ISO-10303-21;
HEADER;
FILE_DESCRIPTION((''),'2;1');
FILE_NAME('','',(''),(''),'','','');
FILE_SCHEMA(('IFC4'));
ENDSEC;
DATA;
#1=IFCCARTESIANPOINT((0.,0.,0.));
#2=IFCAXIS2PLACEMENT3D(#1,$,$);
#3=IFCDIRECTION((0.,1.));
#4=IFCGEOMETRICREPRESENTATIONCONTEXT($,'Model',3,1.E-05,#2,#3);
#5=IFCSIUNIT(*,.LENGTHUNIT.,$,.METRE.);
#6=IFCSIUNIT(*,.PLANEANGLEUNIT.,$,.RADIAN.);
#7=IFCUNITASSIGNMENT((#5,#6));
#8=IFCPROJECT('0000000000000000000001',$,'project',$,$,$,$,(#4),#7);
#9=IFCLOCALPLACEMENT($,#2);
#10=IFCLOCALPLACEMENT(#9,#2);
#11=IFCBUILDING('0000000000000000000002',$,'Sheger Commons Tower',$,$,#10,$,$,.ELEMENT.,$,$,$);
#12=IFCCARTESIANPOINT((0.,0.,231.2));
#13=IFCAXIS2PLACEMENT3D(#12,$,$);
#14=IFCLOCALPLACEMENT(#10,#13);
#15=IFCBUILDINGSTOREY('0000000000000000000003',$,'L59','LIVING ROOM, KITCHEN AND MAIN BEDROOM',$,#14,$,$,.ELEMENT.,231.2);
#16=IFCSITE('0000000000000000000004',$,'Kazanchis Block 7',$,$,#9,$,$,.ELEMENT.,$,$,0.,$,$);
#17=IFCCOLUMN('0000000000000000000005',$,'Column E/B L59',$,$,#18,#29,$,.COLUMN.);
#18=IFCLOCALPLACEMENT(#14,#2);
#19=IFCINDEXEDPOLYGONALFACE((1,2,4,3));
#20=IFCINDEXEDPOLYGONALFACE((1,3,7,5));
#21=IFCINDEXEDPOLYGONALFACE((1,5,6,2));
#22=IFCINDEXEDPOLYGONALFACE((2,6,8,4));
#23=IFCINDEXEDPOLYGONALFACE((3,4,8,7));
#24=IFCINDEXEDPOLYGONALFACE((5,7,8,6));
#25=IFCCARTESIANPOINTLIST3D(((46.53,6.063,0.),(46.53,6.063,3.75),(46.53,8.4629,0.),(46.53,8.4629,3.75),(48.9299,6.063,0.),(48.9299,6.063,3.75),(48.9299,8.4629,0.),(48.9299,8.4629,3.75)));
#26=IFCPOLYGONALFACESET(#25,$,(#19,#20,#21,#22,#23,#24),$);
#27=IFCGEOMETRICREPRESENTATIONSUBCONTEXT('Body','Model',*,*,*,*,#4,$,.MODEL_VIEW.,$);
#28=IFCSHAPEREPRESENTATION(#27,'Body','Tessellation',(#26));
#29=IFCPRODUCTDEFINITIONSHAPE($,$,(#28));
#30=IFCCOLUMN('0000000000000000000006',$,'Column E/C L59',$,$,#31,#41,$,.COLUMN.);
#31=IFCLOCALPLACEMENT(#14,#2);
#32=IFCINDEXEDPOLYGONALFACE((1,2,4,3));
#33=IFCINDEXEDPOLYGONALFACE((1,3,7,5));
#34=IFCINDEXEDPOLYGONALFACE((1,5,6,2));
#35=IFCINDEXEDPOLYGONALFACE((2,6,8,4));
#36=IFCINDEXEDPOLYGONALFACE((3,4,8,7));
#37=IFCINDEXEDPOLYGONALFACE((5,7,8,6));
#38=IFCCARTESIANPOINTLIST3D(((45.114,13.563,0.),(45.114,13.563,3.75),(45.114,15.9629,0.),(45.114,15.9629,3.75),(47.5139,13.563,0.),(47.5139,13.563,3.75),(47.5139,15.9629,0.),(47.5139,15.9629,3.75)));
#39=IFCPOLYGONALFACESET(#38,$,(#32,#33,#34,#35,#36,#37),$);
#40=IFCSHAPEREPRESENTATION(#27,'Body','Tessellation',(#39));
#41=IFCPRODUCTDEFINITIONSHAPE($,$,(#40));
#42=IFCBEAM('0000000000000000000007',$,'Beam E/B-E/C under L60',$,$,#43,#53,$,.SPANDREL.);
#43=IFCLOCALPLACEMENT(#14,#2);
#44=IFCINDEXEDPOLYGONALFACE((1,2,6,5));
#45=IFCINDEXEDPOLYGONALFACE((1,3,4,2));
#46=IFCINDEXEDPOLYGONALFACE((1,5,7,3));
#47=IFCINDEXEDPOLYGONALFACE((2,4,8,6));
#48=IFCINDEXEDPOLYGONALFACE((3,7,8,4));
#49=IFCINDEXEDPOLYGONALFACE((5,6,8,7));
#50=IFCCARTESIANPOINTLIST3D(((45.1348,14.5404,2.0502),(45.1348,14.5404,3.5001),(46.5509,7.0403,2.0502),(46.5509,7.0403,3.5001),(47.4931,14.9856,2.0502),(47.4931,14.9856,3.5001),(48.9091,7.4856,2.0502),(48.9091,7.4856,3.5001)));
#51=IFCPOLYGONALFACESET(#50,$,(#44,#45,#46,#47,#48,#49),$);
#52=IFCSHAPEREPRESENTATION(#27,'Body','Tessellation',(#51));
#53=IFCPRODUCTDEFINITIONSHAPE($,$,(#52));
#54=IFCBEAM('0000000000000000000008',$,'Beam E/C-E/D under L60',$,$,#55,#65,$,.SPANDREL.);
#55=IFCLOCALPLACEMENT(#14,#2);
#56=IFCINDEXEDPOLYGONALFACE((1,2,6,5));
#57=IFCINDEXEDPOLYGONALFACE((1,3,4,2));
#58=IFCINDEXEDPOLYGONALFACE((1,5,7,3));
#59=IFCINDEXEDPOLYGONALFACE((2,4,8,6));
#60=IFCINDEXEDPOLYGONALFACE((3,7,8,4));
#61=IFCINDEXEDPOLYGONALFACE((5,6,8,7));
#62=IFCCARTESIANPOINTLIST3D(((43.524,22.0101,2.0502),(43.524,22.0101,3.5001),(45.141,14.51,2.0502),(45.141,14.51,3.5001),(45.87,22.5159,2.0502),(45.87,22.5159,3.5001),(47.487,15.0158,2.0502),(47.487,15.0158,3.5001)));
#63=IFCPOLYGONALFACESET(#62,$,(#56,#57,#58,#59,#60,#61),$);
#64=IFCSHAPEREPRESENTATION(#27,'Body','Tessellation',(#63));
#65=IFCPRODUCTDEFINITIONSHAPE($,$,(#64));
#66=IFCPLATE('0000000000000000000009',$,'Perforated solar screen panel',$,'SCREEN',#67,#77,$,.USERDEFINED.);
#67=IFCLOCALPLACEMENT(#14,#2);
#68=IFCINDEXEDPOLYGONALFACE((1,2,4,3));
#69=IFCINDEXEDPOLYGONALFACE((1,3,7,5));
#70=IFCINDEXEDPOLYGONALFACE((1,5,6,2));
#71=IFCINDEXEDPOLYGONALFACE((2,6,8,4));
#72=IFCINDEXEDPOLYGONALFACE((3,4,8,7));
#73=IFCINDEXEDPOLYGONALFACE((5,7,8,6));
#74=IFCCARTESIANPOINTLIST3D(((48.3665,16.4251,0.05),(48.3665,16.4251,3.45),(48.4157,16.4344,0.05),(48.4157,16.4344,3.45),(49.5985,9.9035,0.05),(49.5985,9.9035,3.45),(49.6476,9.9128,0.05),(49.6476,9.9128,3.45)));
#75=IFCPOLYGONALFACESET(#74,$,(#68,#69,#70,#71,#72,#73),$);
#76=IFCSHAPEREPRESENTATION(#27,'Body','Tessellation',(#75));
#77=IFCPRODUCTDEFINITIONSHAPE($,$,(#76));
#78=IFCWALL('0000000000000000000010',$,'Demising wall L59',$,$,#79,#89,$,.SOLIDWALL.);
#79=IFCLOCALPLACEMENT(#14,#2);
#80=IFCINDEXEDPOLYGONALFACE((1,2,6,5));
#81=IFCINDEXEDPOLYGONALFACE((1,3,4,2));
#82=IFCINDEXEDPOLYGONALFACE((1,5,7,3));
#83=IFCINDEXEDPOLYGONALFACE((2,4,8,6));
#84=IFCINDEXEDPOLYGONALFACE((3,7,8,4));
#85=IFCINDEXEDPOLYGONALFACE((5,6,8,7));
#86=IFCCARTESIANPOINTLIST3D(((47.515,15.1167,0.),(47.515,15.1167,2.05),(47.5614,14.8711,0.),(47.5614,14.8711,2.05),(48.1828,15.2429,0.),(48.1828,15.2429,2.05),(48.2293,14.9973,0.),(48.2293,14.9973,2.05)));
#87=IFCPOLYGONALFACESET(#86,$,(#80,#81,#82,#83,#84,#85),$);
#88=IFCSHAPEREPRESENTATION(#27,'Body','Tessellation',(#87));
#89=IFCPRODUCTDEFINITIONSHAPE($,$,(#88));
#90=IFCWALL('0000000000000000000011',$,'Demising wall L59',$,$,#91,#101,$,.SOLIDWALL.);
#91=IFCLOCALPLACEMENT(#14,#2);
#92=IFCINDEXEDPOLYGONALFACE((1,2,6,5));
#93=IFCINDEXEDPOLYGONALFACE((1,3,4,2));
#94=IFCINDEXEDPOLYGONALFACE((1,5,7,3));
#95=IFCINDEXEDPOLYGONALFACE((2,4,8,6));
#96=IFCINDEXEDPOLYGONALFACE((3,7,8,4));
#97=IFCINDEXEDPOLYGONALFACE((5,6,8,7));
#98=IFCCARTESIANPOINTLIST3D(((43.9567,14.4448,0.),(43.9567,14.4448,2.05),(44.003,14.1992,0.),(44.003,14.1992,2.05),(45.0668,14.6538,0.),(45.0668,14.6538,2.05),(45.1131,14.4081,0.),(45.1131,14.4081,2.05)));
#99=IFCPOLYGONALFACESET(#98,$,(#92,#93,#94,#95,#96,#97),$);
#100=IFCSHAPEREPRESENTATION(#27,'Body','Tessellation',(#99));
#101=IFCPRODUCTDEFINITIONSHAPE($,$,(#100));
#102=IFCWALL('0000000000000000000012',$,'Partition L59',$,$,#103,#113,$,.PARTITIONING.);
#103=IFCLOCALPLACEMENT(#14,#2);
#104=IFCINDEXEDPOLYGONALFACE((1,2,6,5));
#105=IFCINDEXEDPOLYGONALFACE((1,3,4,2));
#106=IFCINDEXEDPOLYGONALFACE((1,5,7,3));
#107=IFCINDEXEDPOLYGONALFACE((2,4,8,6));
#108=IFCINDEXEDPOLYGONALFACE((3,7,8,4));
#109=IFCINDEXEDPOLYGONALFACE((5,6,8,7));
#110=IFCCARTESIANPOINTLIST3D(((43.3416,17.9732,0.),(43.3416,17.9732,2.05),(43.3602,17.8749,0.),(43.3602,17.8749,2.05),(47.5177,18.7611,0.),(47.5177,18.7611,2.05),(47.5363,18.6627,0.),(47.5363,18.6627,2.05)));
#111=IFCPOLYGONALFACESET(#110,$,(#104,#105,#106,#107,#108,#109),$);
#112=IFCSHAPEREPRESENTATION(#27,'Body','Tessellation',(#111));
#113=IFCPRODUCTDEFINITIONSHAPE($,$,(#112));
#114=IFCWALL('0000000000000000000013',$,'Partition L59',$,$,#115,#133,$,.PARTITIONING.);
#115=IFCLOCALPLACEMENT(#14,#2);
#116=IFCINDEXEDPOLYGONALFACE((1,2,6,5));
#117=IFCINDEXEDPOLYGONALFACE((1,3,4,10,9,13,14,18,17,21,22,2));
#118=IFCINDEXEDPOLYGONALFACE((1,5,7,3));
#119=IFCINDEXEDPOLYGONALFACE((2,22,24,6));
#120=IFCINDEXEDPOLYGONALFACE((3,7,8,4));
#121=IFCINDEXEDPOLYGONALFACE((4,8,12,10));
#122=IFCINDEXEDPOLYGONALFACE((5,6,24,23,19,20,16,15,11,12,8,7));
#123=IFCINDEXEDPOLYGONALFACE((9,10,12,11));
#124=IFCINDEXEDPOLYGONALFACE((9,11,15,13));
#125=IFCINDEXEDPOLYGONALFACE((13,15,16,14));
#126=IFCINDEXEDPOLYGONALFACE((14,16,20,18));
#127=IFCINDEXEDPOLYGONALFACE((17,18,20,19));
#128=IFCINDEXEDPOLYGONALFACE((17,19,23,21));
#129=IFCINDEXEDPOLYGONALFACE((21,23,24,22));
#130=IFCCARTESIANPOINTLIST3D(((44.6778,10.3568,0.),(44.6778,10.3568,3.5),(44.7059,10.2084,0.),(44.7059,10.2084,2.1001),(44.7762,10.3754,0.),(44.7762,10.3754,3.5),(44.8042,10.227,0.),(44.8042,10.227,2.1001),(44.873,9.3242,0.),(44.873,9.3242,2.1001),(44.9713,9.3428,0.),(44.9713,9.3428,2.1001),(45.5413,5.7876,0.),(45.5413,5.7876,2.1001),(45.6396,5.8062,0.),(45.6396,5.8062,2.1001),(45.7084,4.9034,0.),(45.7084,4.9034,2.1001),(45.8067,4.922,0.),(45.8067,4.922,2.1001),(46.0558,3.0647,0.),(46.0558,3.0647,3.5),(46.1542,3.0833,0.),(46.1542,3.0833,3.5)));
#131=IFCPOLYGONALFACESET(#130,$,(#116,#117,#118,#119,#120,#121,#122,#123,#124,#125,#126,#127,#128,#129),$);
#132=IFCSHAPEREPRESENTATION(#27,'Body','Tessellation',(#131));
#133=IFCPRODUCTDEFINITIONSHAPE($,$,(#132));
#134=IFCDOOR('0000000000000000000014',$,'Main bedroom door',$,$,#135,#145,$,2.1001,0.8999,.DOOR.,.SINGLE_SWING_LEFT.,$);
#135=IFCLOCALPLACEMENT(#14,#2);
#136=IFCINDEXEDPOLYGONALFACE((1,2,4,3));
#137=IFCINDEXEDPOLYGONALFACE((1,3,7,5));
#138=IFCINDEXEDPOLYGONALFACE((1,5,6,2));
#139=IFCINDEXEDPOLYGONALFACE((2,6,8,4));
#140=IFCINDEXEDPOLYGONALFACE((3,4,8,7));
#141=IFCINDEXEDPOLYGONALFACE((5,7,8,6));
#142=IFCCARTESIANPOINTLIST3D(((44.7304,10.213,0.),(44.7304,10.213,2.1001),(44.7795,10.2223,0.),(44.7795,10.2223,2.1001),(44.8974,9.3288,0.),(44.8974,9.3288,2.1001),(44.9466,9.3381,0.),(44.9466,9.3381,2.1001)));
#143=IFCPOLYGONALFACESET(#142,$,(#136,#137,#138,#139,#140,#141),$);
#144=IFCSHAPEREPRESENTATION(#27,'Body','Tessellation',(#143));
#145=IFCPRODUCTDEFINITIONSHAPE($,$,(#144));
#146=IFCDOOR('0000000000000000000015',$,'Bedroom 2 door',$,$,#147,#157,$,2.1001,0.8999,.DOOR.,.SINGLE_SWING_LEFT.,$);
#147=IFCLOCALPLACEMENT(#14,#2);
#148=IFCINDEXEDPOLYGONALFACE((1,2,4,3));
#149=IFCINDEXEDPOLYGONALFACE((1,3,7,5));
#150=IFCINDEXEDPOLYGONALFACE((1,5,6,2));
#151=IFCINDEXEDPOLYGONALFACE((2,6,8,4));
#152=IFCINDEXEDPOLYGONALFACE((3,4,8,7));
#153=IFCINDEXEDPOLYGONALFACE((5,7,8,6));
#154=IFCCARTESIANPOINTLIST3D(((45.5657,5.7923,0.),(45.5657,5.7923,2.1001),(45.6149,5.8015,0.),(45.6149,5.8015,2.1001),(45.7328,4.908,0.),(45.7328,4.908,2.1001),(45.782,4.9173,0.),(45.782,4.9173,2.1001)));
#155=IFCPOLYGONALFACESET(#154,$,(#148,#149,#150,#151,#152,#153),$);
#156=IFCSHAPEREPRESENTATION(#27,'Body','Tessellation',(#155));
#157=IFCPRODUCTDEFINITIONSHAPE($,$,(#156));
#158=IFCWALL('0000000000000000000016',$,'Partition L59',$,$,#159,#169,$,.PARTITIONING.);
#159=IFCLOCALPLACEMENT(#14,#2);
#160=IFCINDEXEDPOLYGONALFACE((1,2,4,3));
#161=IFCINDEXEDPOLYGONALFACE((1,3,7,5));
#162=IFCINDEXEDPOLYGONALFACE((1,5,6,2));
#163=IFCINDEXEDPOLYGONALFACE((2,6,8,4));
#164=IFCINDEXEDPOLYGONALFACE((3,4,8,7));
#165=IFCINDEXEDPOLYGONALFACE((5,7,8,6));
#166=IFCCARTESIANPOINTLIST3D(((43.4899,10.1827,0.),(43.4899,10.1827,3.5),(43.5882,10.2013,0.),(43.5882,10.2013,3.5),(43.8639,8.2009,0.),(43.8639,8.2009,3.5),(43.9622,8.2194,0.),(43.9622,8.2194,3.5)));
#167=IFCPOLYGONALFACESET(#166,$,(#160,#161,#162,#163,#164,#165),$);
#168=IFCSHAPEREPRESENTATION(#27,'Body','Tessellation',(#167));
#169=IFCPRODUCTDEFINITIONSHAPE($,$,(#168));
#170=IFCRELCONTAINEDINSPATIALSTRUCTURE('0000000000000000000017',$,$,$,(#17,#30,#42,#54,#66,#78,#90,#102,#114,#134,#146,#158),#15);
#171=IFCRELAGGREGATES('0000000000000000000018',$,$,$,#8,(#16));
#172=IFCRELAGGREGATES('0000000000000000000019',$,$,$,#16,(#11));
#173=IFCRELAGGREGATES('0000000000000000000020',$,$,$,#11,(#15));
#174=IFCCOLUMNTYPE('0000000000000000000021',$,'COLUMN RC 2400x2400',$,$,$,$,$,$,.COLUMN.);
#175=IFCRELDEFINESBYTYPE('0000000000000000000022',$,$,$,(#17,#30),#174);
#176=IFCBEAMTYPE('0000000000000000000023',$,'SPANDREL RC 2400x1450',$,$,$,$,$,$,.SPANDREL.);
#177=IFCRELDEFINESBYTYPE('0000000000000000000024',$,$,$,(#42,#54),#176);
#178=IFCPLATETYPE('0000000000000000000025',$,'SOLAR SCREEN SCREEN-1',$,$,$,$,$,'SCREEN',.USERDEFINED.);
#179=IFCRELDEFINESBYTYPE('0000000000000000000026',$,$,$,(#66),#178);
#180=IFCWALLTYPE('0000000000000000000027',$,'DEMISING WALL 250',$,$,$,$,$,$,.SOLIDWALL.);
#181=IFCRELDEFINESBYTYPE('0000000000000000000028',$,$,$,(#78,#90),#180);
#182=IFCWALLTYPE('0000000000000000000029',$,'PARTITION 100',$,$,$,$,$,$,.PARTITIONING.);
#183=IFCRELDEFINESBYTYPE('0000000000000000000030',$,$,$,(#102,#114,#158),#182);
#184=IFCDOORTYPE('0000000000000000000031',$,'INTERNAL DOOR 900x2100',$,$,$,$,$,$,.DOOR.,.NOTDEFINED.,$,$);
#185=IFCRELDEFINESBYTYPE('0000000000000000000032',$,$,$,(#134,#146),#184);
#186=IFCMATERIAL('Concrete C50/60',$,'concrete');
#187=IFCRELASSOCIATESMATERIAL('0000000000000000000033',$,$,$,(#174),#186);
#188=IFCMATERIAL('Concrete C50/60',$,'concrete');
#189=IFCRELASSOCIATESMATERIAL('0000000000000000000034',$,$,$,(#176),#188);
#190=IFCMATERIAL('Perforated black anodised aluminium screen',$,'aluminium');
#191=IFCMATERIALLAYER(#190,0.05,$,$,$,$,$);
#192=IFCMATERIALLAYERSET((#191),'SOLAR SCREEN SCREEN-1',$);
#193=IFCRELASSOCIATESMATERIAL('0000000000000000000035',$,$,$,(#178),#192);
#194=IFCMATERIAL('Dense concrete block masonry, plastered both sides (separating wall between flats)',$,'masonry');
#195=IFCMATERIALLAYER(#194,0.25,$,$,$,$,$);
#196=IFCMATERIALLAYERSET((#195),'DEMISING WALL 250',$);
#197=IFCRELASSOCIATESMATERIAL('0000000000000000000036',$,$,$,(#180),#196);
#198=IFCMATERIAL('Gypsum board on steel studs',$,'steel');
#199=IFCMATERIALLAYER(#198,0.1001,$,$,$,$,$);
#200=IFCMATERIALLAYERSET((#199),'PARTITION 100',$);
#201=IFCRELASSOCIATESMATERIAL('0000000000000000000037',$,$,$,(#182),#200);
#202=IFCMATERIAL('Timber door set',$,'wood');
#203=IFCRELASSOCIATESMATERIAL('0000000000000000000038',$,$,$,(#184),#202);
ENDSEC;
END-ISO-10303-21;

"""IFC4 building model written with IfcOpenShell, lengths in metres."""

from ifc_helpers import new_model, si_unit, direction, frame, frame_2d, origin, origin_2d, place, context, subcontext, project, spatial, rectangle, extrude, material, layer, layer_set, material_profile, profile_set, type_object, element, fill, save


model = new_model("IFC4")

# Units and contexts
model_context = context("Model", 3, precision=1e-05, world=origin(), true_north=direction((0.0, 1.0)))
body_context = subcontext(model_context, "Body", "Model", "MODEL_VIEW")
ifc_project = project(units=[si_unit("LENGTHUNIT", "METRE"), si_unit("PLANEANGLEUNIT", "RADIAN")], contexts=[model_context])

# Site, building, storey
site_placement = place(None, origin())
site = spatial("IfcSite", under=ifc_project, at=site_placement, Name="Kazanchis Block 7", CompositionType="ELEMENT", RefElevation=0.0)
building_placement = place(site_placement, origin())
building = spatial("IfcBuilding", under=site, at=building_placement, Name="Sheger Commons Tower", CompositionType="ELEMENT")
storey_placement = place(building_placement, frame((0.0, 0.0, 231.2)))
storey = spatial("IfcBuildingStorey", under=building, at=storey_placement, Name="L59", Description="LIVING ROOM, KITCHEN AND MAIN BEDROOM", CompositionType="ELEMENT", Elevation=231.2)

# Columns
ifc_material_1 = material(Name="Concrete C50/60", Category="concrete")
ifc_material_profile_1 = material_profile(ifc_material_1, rectangle(XDim=2.3999, YDim=2.3999, at=origin_2d()), Name="RC 2400x2400")
ifc_profile_set_1 = profile_set([ifc_material_profile_1], Name="Concrete C50/60")
column_type = type_object("IfcColumnType", Name="COLUMN RC 2400x2400", PredefinedType="COLUMN", material=ifc_profile_set_1)
for number, where, z_axis, x_axis, name in (
    (1, (47.73, 7.2629, 0.0), (0.0, 0.0, 1.0), (1.0, 0.0, 0.0), "Column E/B L59"),
    (2, (46.314, 14.7629, 0.0), (0.0, 0.0, 1.0), (1.0, 0.0, 0.0), "Column E/C L59"),
):
    element("IfcColumn", number, at=place(storey_placement, frame(where, z_axis=z_axis, x_axis=x_axis)), inside=storey, type_object=column_type, Name=name, PredefinedType="COLUMN", context=body_context, shape_type="SweptSolid", body=[
        extrude(rectangle(XDim=2.3999, YDim=2.3999, at=origin_2d()), origin(), (0.0, 0.0, 1.0), 3.75),
    ])

# Beams
ifc_material_2 = material(Name="Concrete C50/60", Category="concrete")
ifc_material_profile_2 = material_profile(ifc_material_2, rectangle(XDim=2.3999, YDim=1.45, at=origin_2d()), Name="RC 2400x1450")
ifc_profile_set_2 = profile_set([ifc_material_profile_2], Name="Concrete C50/60")
beam_type = type_object("IfcBeamType", Name="SPANDREL RC 2400x1450", PredefinedType="SPANDREL", material=ifc_profile_set_2)
beam_1_placement = place(storey_placement, frame((47.73, 7.2629, 2.7751), z_axis=(-0.185524, 0.98264, 0.0), x_axis=(-0.98264, -0.185524, 0.0)))
element("IfcBeam", 3, at=beam_1_placement, inside=storey, type_object=beam_type, Name="Beam E/B-E/C under L60", PredefinedType="SPANDREL", context=body_context, shape_type="SweptSolid", body=[
    extrude(rectangle(XDim=2.3999, YDim=1.45, at=origin_2d()), origin(), (0.0, 0.0, 1.0), 7.6326),
])
beam_2_placement = place(storey_placement, frame((46.314, 14.7629, 2.7751), z_axis=(-0.21075, 0.97754, 0.0), x_axis=(-0.97754, -0.21075, 0.0)))
element("IfcBeam", 4, at=beam_2_placement, inside=storey, type_object=beam_type, Name="Beam E/C-E/D under L60", PredefinedType="SPANDREL", context=body_context, shape_type="SweptSolid", body=[
    extrude(rectangle(XDim=2.3999, YDim=1.45, at=origin_2d()), origin(), (0.0, 0.0, 1.0), 7.6724),
])

# Plate
ifc_material_3 = material(Name="Perforated black anodised aluminium screen", Category="aluminium")
ifc_layer_1 = layer(ifc_material_3, 0.05)
ifc_layer_set_1 = layer_set([ifc_layer_1], Name="SOLAR SCREEN SCREEN-1")
plate_type = type_object("IfcPlateType", Name="SOLAR SCREEN SCREEN-1", ElementType="SCREEN", PredefinedType="USERDEFINED", material=ifc_layer_set_1)
plate_placement = place(storey_placement, frame((49.0071, 13.1689, 0.05), z_axis=(0.0, 0.0, 1.0), x_axis=(-0.185615, 0.982623, 0.0)))
element("IfcPlate", 5, at=plate_placement, inside=storey, type_object=plate_type, Name="Perforated solar screen panel", ObjectType="SCREEN", PredefinedType="USERDEFINED", context=body_context, shape_type="SweptSolid", body=[
    extrude(rectangle(XDim=6.637, YDim=0.05, at=origin_2d()), origin(), (0.0, 0.0, 1.0), 3.3999),
])

# Walls
ifc_material_4 = material(Name="Dense concrete block masonry, plastered both sides (separating wall between flats)", Category="masonry")
ifc_layer_2 = layer(ifc_material_4, 0.25)
ifc_layer_set_2 = layer_set([ifc_layer_2], Name="DEMISING WALL 250")
wall_type_1 = type_object("IfcWallType", Name="DEMISING WALL 250", PredefinedType="SOLIDWALL", material=ifc_layer_set_2)
wall_1_placement = place(storey_placement, frame((48.2061, 15.1201, 0.0), z_axis=(0.0, 0.0, 1.0), x_axis=(-0.982611, -0.185676, 0.0)))
element("IfcWall", 6, at=wall_1_placement, inside=storey, type_object=wall_type_1, Name="Demising wall L59", PredefinedType="SOLIDWALL", context=body_context, shape_type="SweptSolid", body=[
    extrude(rectangle(XDim=0.6797, YDim=0.25, at=frame_2d((0.3398, 0.0))), origin(), (0.0, 0.0, 1.0), 2.05),
])
wall_2_placement = place(storey_placement, frame((45.0901, 14.531, 0.0), z_axis=(0.0, 0.0, 1.0), x_axis=(-0.982737, -0.185006, 0.0)))
element("IfcWall", 7, at=wall_2_placement, inside=storey, type_object=wall_type_1, Name="Demising wall L59", PredefinedType="SOLIDWALL", context=body_context, shape_type="SweptSolid", body=[
    extrude(rectangle(XDim=1.1296, YDim=0.25, at=frame_2d((0.5649, 0.0))), origin(), (0.0, 0.0, 1.0), 2.05),
])
ifc_material_5 = material(Name="Gypsum board on steel studs", Category="steel")
ifc_layer_3 = layer(ifc_material_5, 0.1001)
ifc_layer_set_3 = layer_set([ifc_layer_3], Name="PARTITION 100")
wall_type_2 = type_object("IfcWallType", Name="PARTITION 100", PredefinedType="PARTITIONING", material=ifc_layer_set_3)
wall_3_placement = place(storey_placement, frame((47.5271, 18.7119, 0.0), z_axis=(0.0, 0.0, 1.0), x_axis=(-0.982665, -0.185388, 0.0)))
element("IfcWall", 8, at=wall_3_placement, inside=storey, type_object=wall_type_2, Name="Partition L59", PredefinedType="PARTITIONING", context=body_context, shape_type="SweptSolid", body=[
    extrude(rectangle(XDim=4.2498, YDim=0.1001, at=frame_2d((2.125, 0.0))), origin(), (0.0, 0.0, 1.0), 2.05),
])

# Wall, openings, doors
wall_4_placement = place(storey_placement, frame((44.7271, 10.366, 0.0), z_axis=(0.0, 0.0, 1.0), x_axis=(0.185679, -0.98261, 0.0)))
wall_4 = element("IfcWall", 9, at=wall_4_placement, inside=storey, type_object=wall_type_2, Name="Partition L59", PredefinedType="PARTITIONING", context=body_context, shape_type="SweptSolid", body=[
    extrude(rectangle(XDim=7.4211, YDim=0.1001, at=frame_2d((3.7104, 0.0))), origin(), (0.0, 0.0, 1.0), 3.5),
])
opening_1_placement = place(wall_4_placement, frame((0.1509, 0.0, 0.0)))
opening_1 = element("IfcOpeningElement", 10, at=opening_1_placement, cuts=wall_4, PredefinedType="OPENING", context=body_context, shape_type="SweptSolid", body=[
    extrude(rectangle(XDim=0.8999, YDim=2.1001, at=frame_2d((0.45, 1.05))), frame((0.0, 0.0601, 0.0), z_axis=(0.0, -1.0, 0.0), x_axis=(1.0, 0.0, 0.0)), (0.0, 0.0, 1.0), 0.1201),
])
opening_2_placement = place(wall_4_placement, frame((4.6499, 0.0, 0.0)))
opening_2 = element("IfcOpeningElement", 11, at=opening_2_placement, cuts=wall_4, PredefinedType="OPENING", context=body_context, shape_type="SweptSolid", body=[
    extrude(rectangle(XDim=0.8999, YDim=2.1001, at=frame_2d((0.45, 1.05))), frame((0.0, 0.0601, 0.0), z_axis=(0.0, -1.0, 0.0), x_axis=(1.0, 0.0, 0.0)), (0.0, 0.0, 1.0), 0.1201),
])
ifc_material_6 = material(Name="Timber door set", Category="wood")
door_type = type_object("IfcDoorType", Name="INTERNAL DOOR 900x2100", OperationType="NOTDEFINED", PredefinedType="DOOR", material=ifc_material_6)
door_1_placement = place(opening_1_placement, origin())
door_1 = element("IfcDoor", 12, at=door_1_placement, inside=storey, type_object=door_type, Name="Main bedroom door", OperationType="SINGLE_SWING_LEFT", OverallHeight=2.1001, OverallWidth=0.8999, PredefinedType="DOOR", context=body_context, shape_type="SweptSolid", body=[
    extrude(rectangle(XDim=0.8999, YDim=2.1001, at=frame_2d((0.45, 1.05))), frame((0.0, 0.0249, 0.0), z_axis=(0.0, -1.0, 0.0), x_axis=(1.0, 0.0, 0.0)), (0.0, 0.0, 1.0), 0.05),
])
fill(opening_1, door_1)
door_2_placement = place(opening_2_placement, origin())
door_2 = element("IfcDoor", 13, at=door_2_placement, inside=storey, type_object=door_type, Name="Bedroom 2 door", OperationType="SINGLE_SWING_LEFT", OverallHeight=2.1001, OverallWidth=0.8999, PredefinedType="DOOR", context=body_context, shape_type="SweptSolid", body=[
    extrude(rectangle(XDim=0.8999, YDim=2.1001, at=frame_2d((0.45, 1.05))), frame((0.0, 0.0249, 0.0), z_axis=(0.0, -1.0, 0.0), x_axis=(1.0, 0.0, 0.0)), (0.0, 0.0, 1.0), 0.05),
])
fill(opening_2, door_2)

# Wall
wall_5_placement = place(storey_placement, frame((43.5391, 10.1919, 0.0), z_axis=(0.0, 0.0, 1.0), x_axis=(0.185443, -0.982655, 0.0)))
element("IfcWall", 14, at=wall_5_placement, inside=storey, type_object=wall_type_2, Name="Partition L59", PredefinedType="PARTITIONING", context=body_context, shape_type="SweptSolid", body=[
    extrude(rectangle(XDim=2.0168, YDim=0.1001, at=frame_2d((1.0083, 0.0))), origin(), (0.0, 0.0, 1.0), 3.5),
])

save(model, "model.ifc")
